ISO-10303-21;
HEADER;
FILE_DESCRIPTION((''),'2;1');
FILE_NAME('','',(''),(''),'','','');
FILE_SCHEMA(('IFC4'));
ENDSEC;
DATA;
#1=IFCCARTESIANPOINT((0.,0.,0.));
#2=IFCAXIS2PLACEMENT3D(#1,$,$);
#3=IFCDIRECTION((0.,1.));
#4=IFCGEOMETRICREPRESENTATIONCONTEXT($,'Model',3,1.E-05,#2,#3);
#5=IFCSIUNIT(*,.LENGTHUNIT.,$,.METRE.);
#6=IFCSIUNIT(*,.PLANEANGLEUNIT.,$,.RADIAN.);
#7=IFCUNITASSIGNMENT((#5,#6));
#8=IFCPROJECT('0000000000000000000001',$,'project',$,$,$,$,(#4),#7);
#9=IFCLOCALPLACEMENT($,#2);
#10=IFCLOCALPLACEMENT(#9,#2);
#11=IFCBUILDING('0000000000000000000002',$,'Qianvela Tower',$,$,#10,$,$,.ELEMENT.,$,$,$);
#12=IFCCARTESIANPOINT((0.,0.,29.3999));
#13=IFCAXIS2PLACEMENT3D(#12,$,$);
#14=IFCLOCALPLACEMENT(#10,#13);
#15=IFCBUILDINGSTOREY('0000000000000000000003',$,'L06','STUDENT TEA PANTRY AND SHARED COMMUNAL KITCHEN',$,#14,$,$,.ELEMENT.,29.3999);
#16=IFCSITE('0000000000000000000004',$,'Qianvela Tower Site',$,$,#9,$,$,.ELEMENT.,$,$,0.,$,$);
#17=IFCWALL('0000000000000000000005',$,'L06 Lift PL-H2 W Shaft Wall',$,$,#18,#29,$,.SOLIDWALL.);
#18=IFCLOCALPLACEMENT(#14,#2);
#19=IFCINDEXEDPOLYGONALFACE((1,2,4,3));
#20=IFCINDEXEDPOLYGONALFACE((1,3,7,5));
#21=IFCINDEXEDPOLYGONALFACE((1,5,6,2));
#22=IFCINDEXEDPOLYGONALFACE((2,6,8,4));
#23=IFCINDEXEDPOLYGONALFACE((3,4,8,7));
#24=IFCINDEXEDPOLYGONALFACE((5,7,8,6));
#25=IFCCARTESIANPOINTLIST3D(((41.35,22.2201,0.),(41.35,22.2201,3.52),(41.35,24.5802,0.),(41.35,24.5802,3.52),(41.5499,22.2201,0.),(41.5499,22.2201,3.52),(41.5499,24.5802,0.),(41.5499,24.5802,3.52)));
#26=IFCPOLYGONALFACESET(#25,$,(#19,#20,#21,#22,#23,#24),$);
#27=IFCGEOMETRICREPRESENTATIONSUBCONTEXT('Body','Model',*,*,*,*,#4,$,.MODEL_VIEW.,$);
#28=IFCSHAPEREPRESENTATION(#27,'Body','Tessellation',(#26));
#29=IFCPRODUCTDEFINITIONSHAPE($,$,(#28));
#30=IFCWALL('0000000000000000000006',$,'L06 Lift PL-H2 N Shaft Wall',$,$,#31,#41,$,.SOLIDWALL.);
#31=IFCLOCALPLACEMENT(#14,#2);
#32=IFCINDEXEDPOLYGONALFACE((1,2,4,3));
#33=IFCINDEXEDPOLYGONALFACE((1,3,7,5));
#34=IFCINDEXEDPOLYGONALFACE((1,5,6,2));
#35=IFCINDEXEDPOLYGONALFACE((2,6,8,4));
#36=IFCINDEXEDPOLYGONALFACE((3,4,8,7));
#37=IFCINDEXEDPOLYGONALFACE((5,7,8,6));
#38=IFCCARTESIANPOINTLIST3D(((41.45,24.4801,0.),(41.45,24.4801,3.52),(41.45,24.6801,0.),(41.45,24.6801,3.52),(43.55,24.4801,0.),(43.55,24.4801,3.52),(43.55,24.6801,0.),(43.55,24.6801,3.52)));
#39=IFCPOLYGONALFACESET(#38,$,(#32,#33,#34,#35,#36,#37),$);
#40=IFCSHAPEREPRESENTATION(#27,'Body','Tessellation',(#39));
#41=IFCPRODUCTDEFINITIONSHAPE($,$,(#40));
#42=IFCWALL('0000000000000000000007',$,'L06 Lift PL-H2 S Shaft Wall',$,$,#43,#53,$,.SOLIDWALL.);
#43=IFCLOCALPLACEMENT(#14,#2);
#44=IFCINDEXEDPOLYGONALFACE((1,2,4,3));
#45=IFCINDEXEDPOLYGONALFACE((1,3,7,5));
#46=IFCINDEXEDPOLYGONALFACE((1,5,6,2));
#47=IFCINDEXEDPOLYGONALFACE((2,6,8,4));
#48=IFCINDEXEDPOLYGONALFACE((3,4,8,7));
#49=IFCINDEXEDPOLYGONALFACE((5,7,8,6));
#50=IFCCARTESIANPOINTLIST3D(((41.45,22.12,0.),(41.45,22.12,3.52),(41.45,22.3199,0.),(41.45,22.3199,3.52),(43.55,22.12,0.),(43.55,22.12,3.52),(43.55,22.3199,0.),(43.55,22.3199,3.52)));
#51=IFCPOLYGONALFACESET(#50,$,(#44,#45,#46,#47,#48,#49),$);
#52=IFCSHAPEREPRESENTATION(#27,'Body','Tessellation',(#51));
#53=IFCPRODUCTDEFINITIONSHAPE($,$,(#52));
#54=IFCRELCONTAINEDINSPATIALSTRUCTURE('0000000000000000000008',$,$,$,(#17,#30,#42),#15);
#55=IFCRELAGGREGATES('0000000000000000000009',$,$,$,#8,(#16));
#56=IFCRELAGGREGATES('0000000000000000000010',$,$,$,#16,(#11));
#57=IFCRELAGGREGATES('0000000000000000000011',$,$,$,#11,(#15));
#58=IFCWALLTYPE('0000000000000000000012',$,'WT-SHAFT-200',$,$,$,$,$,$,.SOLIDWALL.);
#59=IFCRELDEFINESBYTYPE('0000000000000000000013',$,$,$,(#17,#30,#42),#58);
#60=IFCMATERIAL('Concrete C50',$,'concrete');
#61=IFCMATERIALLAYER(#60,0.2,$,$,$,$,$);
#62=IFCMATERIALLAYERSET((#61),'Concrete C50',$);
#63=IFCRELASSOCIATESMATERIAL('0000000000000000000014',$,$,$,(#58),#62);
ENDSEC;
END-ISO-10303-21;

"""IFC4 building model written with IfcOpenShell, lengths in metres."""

from ifc_helpers import new_model, si_unit, direction, frame, frame_2d, origin, place, context, subcontext, project, spatial, rectangle, extrude, material, layer, layer_set, type_object, element, save


model = new_model("IFC4")

# Units and contexts
model_context = context("Model", 3, precision=1e-05, world=origin(), true_north=direction((0.0, 1.0)))
body_context = subcontext(model_context, "Body", "Model", "MODEL_VIEW")
ifc_project = project(units=[si_unit("LENGTHUNIT", "METRE"), si_unit("PLANEANGLEUNIT", "RADIAN")], contexts=[model_context])

# Site, building, storey
site_placement = place(None, origin())
site = spatial("IfcSite", under=ifc_project, at=site_placement, Name="Qianvela Tower Site", CompositionType="ELEMENT", RefElevation=0.0)
building_placement = place(site_placement, origin())
building = spatial("IfcBuilding", under=site, at=building_placement, Name="Qianvela Tower", CompositionType="ELEMENT")
storey_placement = place(building_placement, frame((0.0, 0.0, 29.3999)))
storey = spatial("IfcBuildingStorey", under=building, at=storey_placement, Name="L06", Description="STUDENT TEA PANTRY AND SHARED COMMUNAL KITCHEN", CompositionType="ELEMENT", Elevation=29.3999)

# Walls
ifc_material_1 = material(Name="Concrete C50", Category="concrete")
ifc_layer_1 = layer(ifc_material_1, 0.2)
ifc_layer_set_1 = layer_set([ifc_layer_1], Name="Concrete C50")
wall_type_1 = type_object("IfcWallType", Name="WT-SHAFT-200", PredefinedType="SOLIDWALL", material=ifc_layer_set_1)
for number, where, z_axis, x_axis, name in (
    (1, (41.45, 22.22, 0.0), (0.0, 0.0, 1.0), (0.0, 1.0, 0.0), "L06 Lift PL-H2 W Shaft Wall"),
):
    element("IfcWall", number, at=place(storey_placement, frame(where, z_axis=z_axis, x_axis=x_axis)), inside=storey, type_object=wall_type_1, Name=name, PredefinedType="SOLIDWALL", context=body_context, shape_type="SweptSolid", body=[
        extrude(rectangle(XDim=2.3601, YDim=0.2, at=frame_2d((1.1802, 0.0))), origin(), (0.0, 0.0, 1.0), 3.52),
    ])
for number, where, z_axis, x_axis, name in (
    (2, (41.45, 24.5801, 0.0), (0.0, 0.0, 1.0), (1.0, 0.0, 0.0), "L06 Lift PL-H2 N Shaft Wall"),
    (3, (41.45, 22.22, 0.0), (0.0, 0.0, 1.0), (1.0, 0.0, 0.0), "L06 Lift PL-H2 S Shaft Wall"),
):
    element("IfcWall", number, at=place(storey_placement, frame(where, z_axis=z_axis, x_axis=x_axis)), inside=storey, type_object=wall_type_1, Name=name, PredefinedType="SOLIDWALL", context=body_context, shape_type="SweptSolid", body=[
        extrude(rectangle(XDim=2.1001, YDim=0.2, at=frame_2d((1.05, 0.0))), origin(), (0.0, 0.0, 1.0), 3.52),
    ])

save(model, "model.ifc")
